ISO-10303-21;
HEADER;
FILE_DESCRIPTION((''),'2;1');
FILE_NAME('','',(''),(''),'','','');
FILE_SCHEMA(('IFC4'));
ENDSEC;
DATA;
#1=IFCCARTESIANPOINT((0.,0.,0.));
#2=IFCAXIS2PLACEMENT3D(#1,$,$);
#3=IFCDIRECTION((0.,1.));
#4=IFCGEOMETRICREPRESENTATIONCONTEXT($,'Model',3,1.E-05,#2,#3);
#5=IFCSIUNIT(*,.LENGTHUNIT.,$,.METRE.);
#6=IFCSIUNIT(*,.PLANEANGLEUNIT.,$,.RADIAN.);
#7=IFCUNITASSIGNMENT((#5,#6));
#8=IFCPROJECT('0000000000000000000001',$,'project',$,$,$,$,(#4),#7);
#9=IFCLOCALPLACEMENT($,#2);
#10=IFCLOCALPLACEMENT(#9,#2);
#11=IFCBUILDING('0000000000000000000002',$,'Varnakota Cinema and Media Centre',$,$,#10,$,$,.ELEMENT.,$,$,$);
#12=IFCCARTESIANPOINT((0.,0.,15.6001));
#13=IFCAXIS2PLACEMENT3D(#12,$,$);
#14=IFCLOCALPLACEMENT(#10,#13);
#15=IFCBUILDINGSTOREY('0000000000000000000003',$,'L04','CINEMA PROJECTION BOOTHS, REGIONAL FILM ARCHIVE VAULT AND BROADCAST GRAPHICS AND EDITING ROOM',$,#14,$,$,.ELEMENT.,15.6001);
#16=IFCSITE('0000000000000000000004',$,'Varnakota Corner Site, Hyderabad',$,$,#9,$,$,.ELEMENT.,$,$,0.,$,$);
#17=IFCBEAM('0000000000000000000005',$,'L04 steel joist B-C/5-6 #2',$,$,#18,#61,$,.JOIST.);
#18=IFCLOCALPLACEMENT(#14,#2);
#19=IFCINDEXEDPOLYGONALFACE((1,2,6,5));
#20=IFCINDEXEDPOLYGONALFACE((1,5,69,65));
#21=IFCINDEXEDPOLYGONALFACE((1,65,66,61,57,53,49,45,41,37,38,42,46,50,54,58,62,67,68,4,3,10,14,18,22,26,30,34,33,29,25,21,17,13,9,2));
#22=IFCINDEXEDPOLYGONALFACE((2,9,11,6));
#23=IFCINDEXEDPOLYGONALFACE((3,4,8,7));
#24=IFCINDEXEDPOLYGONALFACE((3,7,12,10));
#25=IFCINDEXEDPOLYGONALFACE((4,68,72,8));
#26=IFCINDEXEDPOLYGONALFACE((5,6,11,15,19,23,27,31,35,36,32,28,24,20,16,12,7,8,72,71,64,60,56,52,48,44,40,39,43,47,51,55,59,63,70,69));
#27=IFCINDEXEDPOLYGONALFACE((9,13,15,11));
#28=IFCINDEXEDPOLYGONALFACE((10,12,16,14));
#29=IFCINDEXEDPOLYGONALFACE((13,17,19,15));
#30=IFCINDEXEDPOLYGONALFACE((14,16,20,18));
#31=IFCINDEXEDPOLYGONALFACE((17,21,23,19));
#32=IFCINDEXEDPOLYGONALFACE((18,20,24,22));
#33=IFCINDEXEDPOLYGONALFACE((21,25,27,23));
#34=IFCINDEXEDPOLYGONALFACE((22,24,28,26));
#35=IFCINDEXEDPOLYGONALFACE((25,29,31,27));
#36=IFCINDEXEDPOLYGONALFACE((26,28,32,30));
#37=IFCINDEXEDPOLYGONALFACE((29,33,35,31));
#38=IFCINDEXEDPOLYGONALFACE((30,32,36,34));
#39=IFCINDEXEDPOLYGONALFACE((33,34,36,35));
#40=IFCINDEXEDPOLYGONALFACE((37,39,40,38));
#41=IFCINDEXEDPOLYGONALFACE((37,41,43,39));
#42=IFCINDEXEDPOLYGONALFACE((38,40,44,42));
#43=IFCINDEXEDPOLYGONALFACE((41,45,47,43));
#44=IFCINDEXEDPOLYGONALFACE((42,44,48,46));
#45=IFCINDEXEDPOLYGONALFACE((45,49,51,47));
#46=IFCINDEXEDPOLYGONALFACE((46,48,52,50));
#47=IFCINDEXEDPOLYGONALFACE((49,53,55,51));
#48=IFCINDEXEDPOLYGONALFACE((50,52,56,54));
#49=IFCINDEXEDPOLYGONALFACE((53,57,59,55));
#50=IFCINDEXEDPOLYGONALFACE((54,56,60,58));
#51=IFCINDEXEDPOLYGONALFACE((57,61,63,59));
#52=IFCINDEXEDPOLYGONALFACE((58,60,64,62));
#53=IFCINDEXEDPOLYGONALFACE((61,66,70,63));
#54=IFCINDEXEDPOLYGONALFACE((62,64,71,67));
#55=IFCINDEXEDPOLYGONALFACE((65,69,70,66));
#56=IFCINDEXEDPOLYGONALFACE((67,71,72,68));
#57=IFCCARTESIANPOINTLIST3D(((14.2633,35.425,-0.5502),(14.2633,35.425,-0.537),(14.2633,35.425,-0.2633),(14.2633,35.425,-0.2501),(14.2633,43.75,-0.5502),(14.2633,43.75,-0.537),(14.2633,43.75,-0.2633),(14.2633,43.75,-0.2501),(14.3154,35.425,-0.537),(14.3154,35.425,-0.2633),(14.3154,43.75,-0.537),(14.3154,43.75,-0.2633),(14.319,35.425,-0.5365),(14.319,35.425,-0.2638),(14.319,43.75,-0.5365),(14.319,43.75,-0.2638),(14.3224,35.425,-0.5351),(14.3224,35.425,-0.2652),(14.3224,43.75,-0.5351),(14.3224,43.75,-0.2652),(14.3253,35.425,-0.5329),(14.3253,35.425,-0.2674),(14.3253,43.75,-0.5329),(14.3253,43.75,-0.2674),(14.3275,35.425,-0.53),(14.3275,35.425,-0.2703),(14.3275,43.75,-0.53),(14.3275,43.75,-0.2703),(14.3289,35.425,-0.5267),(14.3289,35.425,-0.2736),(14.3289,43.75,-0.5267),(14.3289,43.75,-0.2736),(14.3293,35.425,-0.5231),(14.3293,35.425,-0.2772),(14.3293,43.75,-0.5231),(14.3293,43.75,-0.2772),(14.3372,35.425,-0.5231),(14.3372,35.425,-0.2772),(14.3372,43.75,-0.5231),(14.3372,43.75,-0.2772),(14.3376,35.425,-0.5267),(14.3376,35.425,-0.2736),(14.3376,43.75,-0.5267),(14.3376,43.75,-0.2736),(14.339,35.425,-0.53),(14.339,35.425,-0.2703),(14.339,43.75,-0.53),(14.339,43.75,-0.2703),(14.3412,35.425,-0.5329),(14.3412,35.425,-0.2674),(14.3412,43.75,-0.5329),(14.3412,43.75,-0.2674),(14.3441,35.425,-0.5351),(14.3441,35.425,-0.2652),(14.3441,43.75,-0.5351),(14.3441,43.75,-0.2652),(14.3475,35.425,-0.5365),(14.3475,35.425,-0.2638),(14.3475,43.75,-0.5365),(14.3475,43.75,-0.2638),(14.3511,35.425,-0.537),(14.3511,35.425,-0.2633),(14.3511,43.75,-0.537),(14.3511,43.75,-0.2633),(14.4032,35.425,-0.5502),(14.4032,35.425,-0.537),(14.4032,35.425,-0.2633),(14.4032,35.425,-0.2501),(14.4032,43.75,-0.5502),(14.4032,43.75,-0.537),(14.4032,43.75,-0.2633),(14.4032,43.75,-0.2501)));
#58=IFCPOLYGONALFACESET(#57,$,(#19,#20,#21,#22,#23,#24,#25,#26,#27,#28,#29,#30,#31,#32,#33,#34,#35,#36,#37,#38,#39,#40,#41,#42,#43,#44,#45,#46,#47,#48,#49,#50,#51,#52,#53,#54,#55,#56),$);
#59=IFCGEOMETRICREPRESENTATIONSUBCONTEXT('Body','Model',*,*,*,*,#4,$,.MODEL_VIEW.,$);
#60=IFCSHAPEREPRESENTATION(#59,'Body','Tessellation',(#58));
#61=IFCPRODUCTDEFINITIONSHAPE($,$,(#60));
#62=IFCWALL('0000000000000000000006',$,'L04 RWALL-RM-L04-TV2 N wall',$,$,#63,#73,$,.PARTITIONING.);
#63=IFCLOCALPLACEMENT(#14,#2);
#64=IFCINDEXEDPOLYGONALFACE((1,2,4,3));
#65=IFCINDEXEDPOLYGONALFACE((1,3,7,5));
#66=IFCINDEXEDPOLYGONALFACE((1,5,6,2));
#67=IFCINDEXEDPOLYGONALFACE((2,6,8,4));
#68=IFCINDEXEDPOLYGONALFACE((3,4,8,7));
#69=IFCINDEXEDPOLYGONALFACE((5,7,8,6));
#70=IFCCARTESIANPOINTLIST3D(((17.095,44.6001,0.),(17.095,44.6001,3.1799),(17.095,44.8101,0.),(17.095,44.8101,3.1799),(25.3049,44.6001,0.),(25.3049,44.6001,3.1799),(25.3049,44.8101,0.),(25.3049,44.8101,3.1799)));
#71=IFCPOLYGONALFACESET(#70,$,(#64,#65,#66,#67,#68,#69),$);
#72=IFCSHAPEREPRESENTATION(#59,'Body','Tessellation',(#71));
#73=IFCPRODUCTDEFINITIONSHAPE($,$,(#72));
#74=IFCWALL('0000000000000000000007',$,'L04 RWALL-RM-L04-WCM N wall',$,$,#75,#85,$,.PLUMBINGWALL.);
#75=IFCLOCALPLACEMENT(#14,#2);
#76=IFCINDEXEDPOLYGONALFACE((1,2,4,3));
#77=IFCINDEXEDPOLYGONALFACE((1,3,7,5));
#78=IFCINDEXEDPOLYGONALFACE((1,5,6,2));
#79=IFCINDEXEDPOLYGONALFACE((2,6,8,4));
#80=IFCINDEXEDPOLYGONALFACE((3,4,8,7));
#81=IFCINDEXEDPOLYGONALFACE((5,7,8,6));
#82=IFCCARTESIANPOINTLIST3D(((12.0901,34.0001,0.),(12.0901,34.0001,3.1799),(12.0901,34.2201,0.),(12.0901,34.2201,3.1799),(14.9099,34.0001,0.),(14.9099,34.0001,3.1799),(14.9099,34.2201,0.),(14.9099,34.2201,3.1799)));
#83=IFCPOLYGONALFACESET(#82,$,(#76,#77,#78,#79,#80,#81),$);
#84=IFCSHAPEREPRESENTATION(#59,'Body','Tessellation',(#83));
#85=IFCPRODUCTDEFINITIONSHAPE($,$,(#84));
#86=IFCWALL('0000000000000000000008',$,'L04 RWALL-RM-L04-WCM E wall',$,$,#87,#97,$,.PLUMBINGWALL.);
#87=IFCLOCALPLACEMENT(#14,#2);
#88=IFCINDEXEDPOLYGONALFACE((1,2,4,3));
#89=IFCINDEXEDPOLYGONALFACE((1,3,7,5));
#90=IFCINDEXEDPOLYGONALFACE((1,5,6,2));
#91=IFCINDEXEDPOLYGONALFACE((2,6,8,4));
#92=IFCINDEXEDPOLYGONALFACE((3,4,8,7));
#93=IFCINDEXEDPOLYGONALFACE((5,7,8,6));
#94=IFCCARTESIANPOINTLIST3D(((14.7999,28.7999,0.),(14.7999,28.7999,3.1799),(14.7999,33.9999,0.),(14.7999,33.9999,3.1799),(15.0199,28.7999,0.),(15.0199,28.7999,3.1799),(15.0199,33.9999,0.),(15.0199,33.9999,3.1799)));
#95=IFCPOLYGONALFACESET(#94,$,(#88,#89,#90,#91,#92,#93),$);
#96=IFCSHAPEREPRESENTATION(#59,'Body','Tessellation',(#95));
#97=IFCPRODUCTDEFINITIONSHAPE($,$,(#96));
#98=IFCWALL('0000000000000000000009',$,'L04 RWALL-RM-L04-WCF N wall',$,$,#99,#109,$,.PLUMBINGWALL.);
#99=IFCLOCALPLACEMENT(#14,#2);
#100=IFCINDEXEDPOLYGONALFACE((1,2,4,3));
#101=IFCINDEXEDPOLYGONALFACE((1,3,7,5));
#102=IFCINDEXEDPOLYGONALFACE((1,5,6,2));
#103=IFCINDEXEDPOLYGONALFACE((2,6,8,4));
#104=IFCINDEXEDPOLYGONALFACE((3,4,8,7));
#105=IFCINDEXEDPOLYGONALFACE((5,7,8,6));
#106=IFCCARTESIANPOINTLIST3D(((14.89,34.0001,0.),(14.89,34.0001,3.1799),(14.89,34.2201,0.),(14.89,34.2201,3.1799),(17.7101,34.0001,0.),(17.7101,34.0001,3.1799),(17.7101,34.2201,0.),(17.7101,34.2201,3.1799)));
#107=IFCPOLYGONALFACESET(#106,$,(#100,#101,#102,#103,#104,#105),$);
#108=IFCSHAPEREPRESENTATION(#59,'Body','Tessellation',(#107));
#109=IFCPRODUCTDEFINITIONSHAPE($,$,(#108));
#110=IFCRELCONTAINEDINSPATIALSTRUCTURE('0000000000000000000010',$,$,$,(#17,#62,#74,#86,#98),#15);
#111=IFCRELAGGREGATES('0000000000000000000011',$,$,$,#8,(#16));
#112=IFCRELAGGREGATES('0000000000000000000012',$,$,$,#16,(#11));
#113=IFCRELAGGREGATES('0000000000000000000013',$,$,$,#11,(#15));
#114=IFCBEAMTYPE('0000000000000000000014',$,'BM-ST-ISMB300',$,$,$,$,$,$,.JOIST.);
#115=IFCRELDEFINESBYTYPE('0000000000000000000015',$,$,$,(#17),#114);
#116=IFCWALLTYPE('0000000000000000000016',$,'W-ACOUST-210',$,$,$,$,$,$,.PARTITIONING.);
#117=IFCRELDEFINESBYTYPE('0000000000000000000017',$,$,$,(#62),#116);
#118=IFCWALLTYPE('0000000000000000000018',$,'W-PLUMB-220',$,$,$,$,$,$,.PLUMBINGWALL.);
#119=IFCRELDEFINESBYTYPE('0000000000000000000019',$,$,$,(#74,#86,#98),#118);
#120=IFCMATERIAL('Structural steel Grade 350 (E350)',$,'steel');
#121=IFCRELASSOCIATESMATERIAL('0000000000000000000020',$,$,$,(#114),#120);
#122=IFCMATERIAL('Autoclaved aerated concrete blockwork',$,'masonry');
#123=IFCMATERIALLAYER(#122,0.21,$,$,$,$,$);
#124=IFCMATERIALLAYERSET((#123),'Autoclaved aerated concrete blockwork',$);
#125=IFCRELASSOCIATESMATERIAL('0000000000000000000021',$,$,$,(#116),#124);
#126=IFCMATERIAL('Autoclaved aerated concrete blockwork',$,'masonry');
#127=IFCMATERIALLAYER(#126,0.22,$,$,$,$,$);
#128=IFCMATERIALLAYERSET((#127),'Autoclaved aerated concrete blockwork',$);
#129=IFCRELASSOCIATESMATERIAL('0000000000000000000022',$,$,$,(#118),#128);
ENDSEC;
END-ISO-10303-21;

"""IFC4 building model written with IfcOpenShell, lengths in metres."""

from ifc_helpers import new_model, si_unit, direction, frame, frame_2d, origin, origin_2d, place, context, subcontext, project, spatial, rectangle, i_section, extrude, material, layer, layer_set, material_profile, profile_set, type_object, element, save


model = new_model("IFC4")

# Units and contexts
model_context = context("Model", 3, precision=1e-05, world=origin(), true_north=direction((0.0, 1.0)))
body_context = subcontext(model_context, "Body", "Model", "MODEL_VIEW")
ifc_project = project(units=[si_unit("LENGTHUNIT", "METRE"), si_unit("PLANEANGLEUNIT", "RADIAN")], contexts=[model_context])

# Site, building, storey
site_placement = place(None, origin())
site = spatial("IfcSite", under=ifc_project, at=site_placement, Name="Varnakota Corner Site, Hyderabad", CompositionType="ELEMENT", RefElevation=0.0)
building_placement = place(site_placement, origin())
building = spatial("IfcBuilding", under=site, at=building_placement, Name="Varnakota Cinema and Media Centre", CompositionType="ELEMENT")
storey_placement = place(building_placement, frame((0.0, 0.0, 15.6001)))
storey = spatial("IfcBuildingStorey", under=building, at=storey_placement, Name="L04", Description="CINEMA PROJECTION BOOTHS, REGIONAL FILM ARCHIVE VAULT AND BROADCAST GRAPHICS AND EDITING ROOM", CompositionType="ELEMENT", Elevation=15.6001)

# Beam
ifc_material_1 = material(Name="Structural steel Grade 350 (E350)", Category="steel")
ifc_material_profile_1 = material_profile(ifc_material_1, i_section(OverallWidth=0.1399, OverallDepth=0.3, WebThickness=0.0078, FlangeThickness=0.0132, FilletRadius=0.0139, at=origin_2d()), Name="ISMB 300")
ifc_profile_set_1 = profile_set([ifc_material_profile_1], Name="Structural steel Grade 350 (E350)")
beam_type_1 = type_object("IfcBeamType", Name="BM-ST-ISMB300", PredefinedType="JOIST", material=ifc_profile_set_1)
for number, where, z_axis, x_axis, name in (
    (1, (14.3333, 35.425, -0.4001), (0.0, 1.0, 0.0), (-1.0, 0.0, 0.0), "L04 steel joist B-C/5-6 #2"),
):
    element("IfcBeam", number, at=place(storey_placement, frame(where, z_axis=z_axis, x_axis=x_axis)), inside=storey, type_object=beam_type_1, Name=name, PredefinedType="JOIST", context=body_context, shape_type="SweptSolid", body=[
        extrude(i_section(OverallWidth=0.1399, OverallDepth=0.3, WebThickness=0.0078, FlangeThickness=0.0132, FilletRadius=0.0139, at=origin_2d()), origin(), (0.0, 0.0, 1.0), 8.325),
    ])

# Shared definitions
ifc_material_2 = material(Name="Autoclaved aerated concrete blockwork", Category="masonry")
ifc_layer_1 = layer(ifc_material_2, 0.21)
ifc_layer_set_1 = layer_set([ifc_layer_1], Name="Autoclaved aerated concrete blockwork")
wall_type_1 = type_object("IfcWallType", Name="W-ACOUST-210", PredefinedType="PARTITIONING", material=ifc_layer_set_1)

# Wall
wall_1_placement = place(storey_placement, frame((17.095, 44.7051, 0.0), z_axis=(0.0, 0.0, 1.0), x_axis=(1.0, 0.0, 0.0)))
element("IfcWall", 2, at=wall_1_placement, inside=storey, type_object=wall_type_1, Name="L04 RWALL-RM-L04-TV2 N wall", PredefinedType="PARTITIONING", context=body_context, shape_type="SweptSolid", body=[
    extrude(rectangle(XDim=8.21, YDim=0.21, at=frame_2d((4.105, 0.0))), origin(), (0.0, 0.0, 1.0), 3.1799),
])

# Walls
ifc_material_3 = material(Name="Autoclaved aerated concrete blockwork", Category="masonry")
ifc_layer_2 = layer(ifc_material_3, 0.22)
ifc_layer_set_2 = layer_set([ifc_layer_2], Name="Autoclaved aerated concrete blockwork")
wall_type_2 = type_object("IfcWallType", Name="W-PLUMB-220", PredefinedType="PLUMBINGWALL", material=ifc_layer_set_2)
wall_2_placement = place(storey_placement, frame((12.0901, 34.1101, 0.0), z_axis=(0.0, 0.0, 1.0), x_axis=(1.0, 0.0, 0.0)))
element("IfcWall", 3, at=wall_2_placement, inside=storey, type_object=wall_type_2, Name="L04 RWALL-RM-L04-WCM N wall", PredefinedType="PLUMBINGWALL", context=body_context, shape_type="SweptSolid", body=[
    extrude(rectangle(XDim=2.8198, YDim=0.22, at=frame_2d((1.4099, 0.0))), origin(), (0.0, 0.0, 1.0), 3.1799),
])
wall_3_placement = place(storey_placement, frame((14.9099, 34.0, 0.0), z_axis=(0.0, 0.0, 1.0), x_axis=(0.0, -1.0, 0.0)))
element("IfcWall", 4, at=wall_3_placement, inside=storey, type_object=wall_type_2, Name="L04 RWALL-RM-L04-WCM E wall", PredefinedType="PLUMBINGWALL", context=body_context, shape_type="SweptSolid", body=[
    extrude(rectangle(XDim=5.2, YDim=0.22, at=frame_2d((2.6001, 0.0))), origin(), (0.0, 0.0, 1.0), 3.1799),
])
wall_4_placement = place(storey_placement, frame((14.8899, 34.1101, 0.0), z_axis=(0.0, 0.0, 1.0), x_axis=(1.0, 0.0, 0.0)))
element("IfcWall", 5, at=wall_4_placement, inside=storey, type_object=wall_type_2, Name="L04 RWALL-RM-L04-WCF N wall", PredefinedType="PLUMBINGWALL", context=body_context, shape_type="SweptSolid", body=[
    extrude(rectangle(XDim=2.8201, YDim=0.22, at=frame_2d((1.4102, 0.0))), origin(), (0.0, 0.0, 1.0), 3.1799),
])

save(model, "model.ifc")
